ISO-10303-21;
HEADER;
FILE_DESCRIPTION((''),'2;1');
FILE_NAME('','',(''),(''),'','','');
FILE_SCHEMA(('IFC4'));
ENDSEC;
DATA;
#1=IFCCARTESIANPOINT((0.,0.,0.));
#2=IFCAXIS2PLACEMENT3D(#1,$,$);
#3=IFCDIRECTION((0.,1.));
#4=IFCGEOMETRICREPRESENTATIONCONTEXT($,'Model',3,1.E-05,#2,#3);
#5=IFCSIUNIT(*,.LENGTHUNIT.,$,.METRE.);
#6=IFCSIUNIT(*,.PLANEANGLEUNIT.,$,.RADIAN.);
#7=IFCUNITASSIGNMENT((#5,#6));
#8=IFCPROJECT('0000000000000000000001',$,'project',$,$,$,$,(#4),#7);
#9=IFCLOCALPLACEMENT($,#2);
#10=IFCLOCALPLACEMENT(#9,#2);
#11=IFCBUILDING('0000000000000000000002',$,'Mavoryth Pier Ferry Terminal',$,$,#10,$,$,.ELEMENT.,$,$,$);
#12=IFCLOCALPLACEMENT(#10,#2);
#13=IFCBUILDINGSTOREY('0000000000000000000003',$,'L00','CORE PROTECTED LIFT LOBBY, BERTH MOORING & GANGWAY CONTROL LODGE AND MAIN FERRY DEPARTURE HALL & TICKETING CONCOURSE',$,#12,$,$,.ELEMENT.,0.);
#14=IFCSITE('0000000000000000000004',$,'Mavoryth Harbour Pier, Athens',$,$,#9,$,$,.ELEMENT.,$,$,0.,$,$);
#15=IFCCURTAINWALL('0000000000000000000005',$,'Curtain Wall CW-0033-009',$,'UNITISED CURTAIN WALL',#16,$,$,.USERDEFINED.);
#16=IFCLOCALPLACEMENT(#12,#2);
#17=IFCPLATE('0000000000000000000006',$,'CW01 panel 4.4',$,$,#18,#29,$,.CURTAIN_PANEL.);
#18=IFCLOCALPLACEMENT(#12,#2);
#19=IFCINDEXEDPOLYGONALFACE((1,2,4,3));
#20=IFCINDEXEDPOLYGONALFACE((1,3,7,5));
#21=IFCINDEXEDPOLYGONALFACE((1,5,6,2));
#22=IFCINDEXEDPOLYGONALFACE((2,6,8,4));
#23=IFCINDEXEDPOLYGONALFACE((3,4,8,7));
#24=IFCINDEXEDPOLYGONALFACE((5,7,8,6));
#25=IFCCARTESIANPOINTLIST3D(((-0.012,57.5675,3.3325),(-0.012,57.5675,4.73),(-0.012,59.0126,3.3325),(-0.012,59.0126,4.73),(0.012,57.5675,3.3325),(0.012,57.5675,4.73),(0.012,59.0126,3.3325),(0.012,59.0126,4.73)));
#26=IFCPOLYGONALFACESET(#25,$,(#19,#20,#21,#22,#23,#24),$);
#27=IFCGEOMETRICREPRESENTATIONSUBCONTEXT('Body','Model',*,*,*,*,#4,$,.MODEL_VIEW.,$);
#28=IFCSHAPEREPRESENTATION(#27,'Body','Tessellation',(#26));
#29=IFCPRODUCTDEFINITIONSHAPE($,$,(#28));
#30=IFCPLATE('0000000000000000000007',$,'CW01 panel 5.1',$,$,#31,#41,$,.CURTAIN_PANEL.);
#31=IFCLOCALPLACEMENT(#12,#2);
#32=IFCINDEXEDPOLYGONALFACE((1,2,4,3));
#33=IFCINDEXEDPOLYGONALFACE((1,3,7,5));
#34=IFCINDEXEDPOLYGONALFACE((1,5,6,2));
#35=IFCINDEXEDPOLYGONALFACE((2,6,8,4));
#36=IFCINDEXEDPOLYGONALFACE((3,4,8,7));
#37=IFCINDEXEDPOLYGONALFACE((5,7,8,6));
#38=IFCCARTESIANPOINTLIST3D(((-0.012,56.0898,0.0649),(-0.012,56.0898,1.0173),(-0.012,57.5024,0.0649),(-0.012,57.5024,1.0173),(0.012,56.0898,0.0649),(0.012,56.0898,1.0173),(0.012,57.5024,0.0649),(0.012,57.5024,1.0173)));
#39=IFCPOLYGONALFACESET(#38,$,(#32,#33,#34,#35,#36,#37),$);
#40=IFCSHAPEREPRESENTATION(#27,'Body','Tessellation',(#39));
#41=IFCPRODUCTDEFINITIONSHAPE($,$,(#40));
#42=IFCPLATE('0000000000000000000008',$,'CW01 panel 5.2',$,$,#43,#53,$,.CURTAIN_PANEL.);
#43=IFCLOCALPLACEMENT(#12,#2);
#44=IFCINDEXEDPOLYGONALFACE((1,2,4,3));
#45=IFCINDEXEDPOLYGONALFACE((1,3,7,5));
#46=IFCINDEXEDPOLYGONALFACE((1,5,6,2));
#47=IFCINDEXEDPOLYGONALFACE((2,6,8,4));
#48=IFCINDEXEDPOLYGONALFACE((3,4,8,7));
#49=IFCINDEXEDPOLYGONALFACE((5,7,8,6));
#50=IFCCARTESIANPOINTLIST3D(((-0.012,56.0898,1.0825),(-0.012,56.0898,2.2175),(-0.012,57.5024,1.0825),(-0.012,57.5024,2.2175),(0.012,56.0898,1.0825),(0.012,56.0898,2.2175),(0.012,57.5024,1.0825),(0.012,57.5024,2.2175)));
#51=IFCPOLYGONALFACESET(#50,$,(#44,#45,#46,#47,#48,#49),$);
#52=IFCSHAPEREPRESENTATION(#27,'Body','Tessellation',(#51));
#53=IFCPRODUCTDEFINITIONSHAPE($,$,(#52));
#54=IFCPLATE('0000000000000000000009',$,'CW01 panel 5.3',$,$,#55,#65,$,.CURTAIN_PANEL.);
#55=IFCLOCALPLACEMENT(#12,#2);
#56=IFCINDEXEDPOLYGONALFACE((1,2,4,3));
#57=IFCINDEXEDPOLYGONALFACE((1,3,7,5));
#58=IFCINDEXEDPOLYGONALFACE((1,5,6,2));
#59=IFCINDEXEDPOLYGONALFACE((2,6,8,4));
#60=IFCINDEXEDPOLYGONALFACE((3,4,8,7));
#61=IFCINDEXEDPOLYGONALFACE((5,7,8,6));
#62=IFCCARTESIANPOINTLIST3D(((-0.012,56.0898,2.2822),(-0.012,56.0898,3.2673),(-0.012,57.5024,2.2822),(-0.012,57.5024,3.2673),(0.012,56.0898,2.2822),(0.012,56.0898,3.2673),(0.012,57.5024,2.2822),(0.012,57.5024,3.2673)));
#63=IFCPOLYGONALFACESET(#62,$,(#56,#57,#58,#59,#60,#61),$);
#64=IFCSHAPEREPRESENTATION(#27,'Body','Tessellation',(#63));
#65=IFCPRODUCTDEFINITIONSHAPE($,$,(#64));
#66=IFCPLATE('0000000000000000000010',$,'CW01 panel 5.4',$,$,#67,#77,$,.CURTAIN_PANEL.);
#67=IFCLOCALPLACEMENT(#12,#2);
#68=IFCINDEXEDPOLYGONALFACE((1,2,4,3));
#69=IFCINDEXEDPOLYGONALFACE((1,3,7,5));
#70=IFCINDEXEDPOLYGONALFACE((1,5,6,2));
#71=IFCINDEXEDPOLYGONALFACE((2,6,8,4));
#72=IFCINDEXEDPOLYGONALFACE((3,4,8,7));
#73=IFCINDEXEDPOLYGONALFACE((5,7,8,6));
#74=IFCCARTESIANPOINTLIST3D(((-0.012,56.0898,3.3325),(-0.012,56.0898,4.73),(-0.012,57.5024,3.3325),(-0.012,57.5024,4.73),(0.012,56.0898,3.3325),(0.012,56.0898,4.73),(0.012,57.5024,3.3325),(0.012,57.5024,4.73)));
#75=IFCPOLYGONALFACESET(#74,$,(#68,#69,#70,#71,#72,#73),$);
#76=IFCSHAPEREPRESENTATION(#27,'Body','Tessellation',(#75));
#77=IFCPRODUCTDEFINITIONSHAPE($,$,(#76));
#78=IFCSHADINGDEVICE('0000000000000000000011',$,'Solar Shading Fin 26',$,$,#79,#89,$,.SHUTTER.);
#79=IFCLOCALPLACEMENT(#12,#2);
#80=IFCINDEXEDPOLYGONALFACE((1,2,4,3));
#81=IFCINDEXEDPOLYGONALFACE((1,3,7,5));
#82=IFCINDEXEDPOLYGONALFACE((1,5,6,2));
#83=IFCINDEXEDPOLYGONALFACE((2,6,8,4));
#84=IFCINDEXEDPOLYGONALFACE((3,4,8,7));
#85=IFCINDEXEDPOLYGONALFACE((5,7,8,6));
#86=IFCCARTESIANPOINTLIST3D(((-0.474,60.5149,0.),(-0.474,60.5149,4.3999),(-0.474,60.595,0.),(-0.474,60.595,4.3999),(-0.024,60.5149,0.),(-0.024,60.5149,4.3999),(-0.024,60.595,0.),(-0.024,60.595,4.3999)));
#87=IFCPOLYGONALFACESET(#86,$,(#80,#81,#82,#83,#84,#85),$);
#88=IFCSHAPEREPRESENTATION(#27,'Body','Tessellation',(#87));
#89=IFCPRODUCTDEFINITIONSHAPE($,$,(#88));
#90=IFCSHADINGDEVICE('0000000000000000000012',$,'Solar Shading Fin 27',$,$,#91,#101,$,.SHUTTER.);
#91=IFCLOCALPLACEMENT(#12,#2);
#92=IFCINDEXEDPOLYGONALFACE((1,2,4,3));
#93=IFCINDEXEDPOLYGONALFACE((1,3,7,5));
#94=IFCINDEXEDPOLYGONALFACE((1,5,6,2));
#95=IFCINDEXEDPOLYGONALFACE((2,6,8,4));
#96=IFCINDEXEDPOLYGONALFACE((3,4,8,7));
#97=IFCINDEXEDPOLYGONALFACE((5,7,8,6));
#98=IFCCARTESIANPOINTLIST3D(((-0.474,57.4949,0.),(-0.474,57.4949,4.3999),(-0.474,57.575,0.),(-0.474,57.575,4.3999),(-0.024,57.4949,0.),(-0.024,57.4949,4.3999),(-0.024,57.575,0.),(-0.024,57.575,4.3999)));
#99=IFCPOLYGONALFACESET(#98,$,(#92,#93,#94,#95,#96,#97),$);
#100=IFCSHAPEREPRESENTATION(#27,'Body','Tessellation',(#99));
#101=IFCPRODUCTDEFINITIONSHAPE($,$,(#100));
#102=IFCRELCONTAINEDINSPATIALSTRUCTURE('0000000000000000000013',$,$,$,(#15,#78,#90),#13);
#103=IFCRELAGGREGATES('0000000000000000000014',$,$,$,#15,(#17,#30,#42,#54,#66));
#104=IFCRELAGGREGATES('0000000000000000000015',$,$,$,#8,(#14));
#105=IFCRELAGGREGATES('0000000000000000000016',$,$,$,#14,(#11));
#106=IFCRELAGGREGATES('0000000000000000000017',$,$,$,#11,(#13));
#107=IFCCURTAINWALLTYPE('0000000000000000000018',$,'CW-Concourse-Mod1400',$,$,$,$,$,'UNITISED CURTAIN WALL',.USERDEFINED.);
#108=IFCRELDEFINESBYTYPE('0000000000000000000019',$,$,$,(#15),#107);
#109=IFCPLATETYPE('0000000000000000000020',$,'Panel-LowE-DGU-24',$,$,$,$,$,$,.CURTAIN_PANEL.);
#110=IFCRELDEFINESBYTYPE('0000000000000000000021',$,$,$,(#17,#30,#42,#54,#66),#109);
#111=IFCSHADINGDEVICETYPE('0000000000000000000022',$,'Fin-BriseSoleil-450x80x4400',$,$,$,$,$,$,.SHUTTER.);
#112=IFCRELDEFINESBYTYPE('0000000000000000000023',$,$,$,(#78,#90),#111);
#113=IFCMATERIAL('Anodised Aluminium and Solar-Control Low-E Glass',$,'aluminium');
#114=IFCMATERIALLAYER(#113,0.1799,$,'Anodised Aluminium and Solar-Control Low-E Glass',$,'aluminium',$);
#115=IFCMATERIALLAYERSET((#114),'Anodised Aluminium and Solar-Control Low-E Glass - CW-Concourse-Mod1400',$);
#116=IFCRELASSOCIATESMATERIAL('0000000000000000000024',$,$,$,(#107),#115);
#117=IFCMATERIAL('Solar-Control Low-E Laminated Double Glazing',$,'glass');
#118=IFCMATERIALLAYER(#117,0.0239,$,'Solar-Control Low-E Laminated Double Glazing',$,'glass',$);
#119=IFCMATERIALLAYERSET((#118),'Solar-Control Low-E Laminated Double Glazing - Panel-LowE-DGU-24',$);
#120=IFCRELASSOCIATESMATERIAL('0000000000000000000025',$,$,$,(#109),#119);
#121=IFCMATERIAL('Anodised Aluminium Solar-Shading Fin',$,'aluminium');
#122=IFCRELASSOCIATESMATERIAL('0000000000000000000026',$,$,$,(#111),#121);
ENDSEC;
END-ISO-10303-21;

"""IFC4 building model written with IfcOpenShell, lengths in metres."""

from ifc_helpers import new_model, si_unit, direction, frame, origin, origin_2d, place, context, subcontext, project, spatial, rectangle, extrude, material, layer, layer_set, type_object, element, aggregate, save


model = new_model("IFC4")

# Units and contexts
model_context = context("Model", 3, precision=1e-05, world=origin(), true_north=direction((0.0, 1.0)))
body_context = subcontext(model_context, "Body", "Model", "MODEL_VIEW")
ifc_project = project(units=[si_unit("LENGTHUNIT", "METRE"), si_unit("PLANEANGLEUNIT", "RADIAN")], contexts=[model_context])

# Site, building, storey
site_placement = place(None, origin())
site = spatial("IfcSite", under=ifc_project, at=site_placement, Name="Mavoryth Harbour Pier, Athens", CompositionType="ELEMENT", RefElevation=0.0)
building_placement = place(site_placement, origin())
building = spatial("IfcBuilding", under=site, at=building_placement, Name="Mavoryth Pier Ferry Terminal", CompositionType="ELEMENT")
storey_placement = place(building_placement, origin())
storey = spatial("IfcBuildingStorey", under=building, at=storey_placement, Name="L00", Description="CORE PROTECTED LIFT LOBBY, BERTH MOORING & GANGWAY CONTROL LODGE AND MAIN FERRY DEPARTURE HALL & TICKETING CONCOURSE", CompositionType="ELEMENT", Elevation=0.0)

# Curtain wall, plates
ifc_material_1 = material(Name="Anodised Aluminium and Solar-Control Low-E Glass", Category="aluminium")
ifc_layer_1 = layer(ifc_material_1, 0.1799, Name="Anodised Aluminium and Solar-Control Low-E Glass", Category="aluminium")
ifc_layer_set_1 = layer_set([ifc_layer_1], Name="Anodised Aluminium and Solar-Control Low-E Glass - CW-Concourse-Mod1400")
curtain_wall_type = type_object("IfcCurtainWallType", Name="CW-Concourse-Mod1400", ElementType="UNITISED CURTAIN WALL", PredefinedType="USERDEFINED", material=ifc_layer_set_1)
curtain_wall_placement = place(storey_placement, origin())
curtain_wall = element("IfcCurtainWall", 1, at=curtain_wall_placement, inside=storey, type_object=curtain_wall_type, Name="Curtain Wall CW-0033-009", ObjectType="UNITISED CURTAIN WALL", PredefinedType="USERDEFINED")
ifc_material_2 = material(Name="Solar-Control Low-E Laminated Double Glazing", Category="glass")
ifc_layer_2 = layer(ifc_material_2, 0.0239, Name="Solar-Control Low-E Laminated Double Glazing", Category="glass")
ifc_layer_set_2 = layer_set([ifc_layer_2], Name="Solar-Control Low-E Laminated Double Glazing - Panel-LowE-DGU-24")
plate_type = type_object("IfcPlateType", Name="Panel-LowE-DGU-24", PredefinedType="CURTAIN_PANEL", material=ifc_layer_set_2)
plate_1_placement = place(storey_placement, frame((0.0, 58.29, 3.3325), z_axis=(0.0, 0.0, 1.0), x_axis=(0.0, -1.0, 0.0)))
plate_1 = element("IfcPlate", 2, at=plate_1_placement, type_object=plate_type, Name="CW01 panel 4.4", PredefinedType="CURTAIN_PANEL", context=body_context, shape_type="SweptSolid", body=[
    extrude(rectangle(XDim=1.4451, YDim=0.0239, at=origin_2d()), origin(), (0.0, 0.0, 1.0), 1.3975),
])
plate_2_placement = place(storey_placement, frame((0.0, 56.7961, 0.0649), z_axis=(0.0, 0.0, 1.0), x_axis=(0.0, -1.0, 0.0)))
plate_2 = element("IfcPlate", 3, at=plate_2_placement, type_object=plate_type, Name="CW01 panel 5.1", PredefinedType="CURTAIN_PANEL", context=body_context, shape_type="SweptSolid", body=[
    extrude(rectangle(XDim=1.4126, YDim=0.0239, at=origin_2d()), origin(), (0.0, 0.0, 1.0), 0.9524),
])
plate_3_placement = place(storey_placement, frame((0.0, 56.7961, 1.0825), z_axis=(0.0, 0.0, 1.0), x_axis=(0.0, -1.0, 0.0)))
plate_3 = element("IfcPlate", 4, at=plate_3_placement, type_object=plate_type, Name="CW01 panel 5.2", PredefinedType="CURTAIN_PANEL", context=body_context, shape_type="SweptSolid", body=[
    extrude(rectangle(XDim=1.4126, YDim=0.0239, at=origin_2d()), origin(), (0.0, 0.0, 1.0), 1.135),
])
plate_4_placement = place(storey_placement, frame((0.0, 56.7961, 2.2822), z_axis=(0.0, 0.0, 1.0), x_axis=(0.0, -1.0, 0.0)))
plate_4 = element("IfcPlate", 5, at=plate_4_placement, type_object=plate_type, Name="CW01 panel 5.3", PredefinedType="CURTAIN_PANEL", context=body_context, shape_type="SweptSolid", body=[
    extrude(rectangle(XDim=1.4126, YDim=0.0239, at=origin_2d()), origin(), (0.0, 0.0, 1.0), 0.9851),
])
plate_5_placement = place(storey_placement, frame((0.0, 56.7961, 3.3325), z_axis=(0.0, 0.0, 1.0), x_axis=(0.0, -1.0, 0.0)))
plate_5 = element("IfcPlate", 6, at=plate_5_placement, type_object=plate_type, Name="CW01 panel 5.4", PredefinedType="CURTAIN_PANEL", context=body_context, shape_type="SweptSolid", body=[
    extrude(rectangle(XDim=1.4126, YDim=0.0239, at=origin_2d()), origin(), (0.0, 0.0, 1.0), 1.3975),
])
aggregate(curtain_wall, [plate_1, plate_2, plate_3, plate_4, plate_5])

# Shading devices
ifc_material_3 = material(Name="Anodised Aluminium Solar-Shading Fin", Category="aluminium")
shading_device_type = type_object("IfcShadingDeviceType", Name="Fin-BriseSoleil-450x80x4400", PredefinedType="SHUTTER", material=ifc_material_3)
for number, where, z_axis, x_axis, name in (
    (7, (-0.249, 60.5549, 0.0), (0.0, 0.0, 1.0), (0.0, -1.0, 0.0), "Solar Shading Fin 26"),
    (8, (-0.249, 57.5349, 0.0), (0.0, 0.0, 1.0), (0.0, -1.0, 0.0), "Solar Shading Fin 27"),
):
    element("IfcShadingDevice", number, at=place(storey_placement, frame(where, z_axis=z_axis, x_axis=x_axis)), inside=storey, type_object=shading_device_type, Name=name, PredefinedType="SHUTTER", context=body_context, shape_type="SweptSolid", body=[
        extrude(rectangle(XDim=0.0801, YDim=0.45, at=origin_2d()), origin(), (0.0, 0.0, 1.0), 4.3999),
    ])

save(model, "model.ifc")
